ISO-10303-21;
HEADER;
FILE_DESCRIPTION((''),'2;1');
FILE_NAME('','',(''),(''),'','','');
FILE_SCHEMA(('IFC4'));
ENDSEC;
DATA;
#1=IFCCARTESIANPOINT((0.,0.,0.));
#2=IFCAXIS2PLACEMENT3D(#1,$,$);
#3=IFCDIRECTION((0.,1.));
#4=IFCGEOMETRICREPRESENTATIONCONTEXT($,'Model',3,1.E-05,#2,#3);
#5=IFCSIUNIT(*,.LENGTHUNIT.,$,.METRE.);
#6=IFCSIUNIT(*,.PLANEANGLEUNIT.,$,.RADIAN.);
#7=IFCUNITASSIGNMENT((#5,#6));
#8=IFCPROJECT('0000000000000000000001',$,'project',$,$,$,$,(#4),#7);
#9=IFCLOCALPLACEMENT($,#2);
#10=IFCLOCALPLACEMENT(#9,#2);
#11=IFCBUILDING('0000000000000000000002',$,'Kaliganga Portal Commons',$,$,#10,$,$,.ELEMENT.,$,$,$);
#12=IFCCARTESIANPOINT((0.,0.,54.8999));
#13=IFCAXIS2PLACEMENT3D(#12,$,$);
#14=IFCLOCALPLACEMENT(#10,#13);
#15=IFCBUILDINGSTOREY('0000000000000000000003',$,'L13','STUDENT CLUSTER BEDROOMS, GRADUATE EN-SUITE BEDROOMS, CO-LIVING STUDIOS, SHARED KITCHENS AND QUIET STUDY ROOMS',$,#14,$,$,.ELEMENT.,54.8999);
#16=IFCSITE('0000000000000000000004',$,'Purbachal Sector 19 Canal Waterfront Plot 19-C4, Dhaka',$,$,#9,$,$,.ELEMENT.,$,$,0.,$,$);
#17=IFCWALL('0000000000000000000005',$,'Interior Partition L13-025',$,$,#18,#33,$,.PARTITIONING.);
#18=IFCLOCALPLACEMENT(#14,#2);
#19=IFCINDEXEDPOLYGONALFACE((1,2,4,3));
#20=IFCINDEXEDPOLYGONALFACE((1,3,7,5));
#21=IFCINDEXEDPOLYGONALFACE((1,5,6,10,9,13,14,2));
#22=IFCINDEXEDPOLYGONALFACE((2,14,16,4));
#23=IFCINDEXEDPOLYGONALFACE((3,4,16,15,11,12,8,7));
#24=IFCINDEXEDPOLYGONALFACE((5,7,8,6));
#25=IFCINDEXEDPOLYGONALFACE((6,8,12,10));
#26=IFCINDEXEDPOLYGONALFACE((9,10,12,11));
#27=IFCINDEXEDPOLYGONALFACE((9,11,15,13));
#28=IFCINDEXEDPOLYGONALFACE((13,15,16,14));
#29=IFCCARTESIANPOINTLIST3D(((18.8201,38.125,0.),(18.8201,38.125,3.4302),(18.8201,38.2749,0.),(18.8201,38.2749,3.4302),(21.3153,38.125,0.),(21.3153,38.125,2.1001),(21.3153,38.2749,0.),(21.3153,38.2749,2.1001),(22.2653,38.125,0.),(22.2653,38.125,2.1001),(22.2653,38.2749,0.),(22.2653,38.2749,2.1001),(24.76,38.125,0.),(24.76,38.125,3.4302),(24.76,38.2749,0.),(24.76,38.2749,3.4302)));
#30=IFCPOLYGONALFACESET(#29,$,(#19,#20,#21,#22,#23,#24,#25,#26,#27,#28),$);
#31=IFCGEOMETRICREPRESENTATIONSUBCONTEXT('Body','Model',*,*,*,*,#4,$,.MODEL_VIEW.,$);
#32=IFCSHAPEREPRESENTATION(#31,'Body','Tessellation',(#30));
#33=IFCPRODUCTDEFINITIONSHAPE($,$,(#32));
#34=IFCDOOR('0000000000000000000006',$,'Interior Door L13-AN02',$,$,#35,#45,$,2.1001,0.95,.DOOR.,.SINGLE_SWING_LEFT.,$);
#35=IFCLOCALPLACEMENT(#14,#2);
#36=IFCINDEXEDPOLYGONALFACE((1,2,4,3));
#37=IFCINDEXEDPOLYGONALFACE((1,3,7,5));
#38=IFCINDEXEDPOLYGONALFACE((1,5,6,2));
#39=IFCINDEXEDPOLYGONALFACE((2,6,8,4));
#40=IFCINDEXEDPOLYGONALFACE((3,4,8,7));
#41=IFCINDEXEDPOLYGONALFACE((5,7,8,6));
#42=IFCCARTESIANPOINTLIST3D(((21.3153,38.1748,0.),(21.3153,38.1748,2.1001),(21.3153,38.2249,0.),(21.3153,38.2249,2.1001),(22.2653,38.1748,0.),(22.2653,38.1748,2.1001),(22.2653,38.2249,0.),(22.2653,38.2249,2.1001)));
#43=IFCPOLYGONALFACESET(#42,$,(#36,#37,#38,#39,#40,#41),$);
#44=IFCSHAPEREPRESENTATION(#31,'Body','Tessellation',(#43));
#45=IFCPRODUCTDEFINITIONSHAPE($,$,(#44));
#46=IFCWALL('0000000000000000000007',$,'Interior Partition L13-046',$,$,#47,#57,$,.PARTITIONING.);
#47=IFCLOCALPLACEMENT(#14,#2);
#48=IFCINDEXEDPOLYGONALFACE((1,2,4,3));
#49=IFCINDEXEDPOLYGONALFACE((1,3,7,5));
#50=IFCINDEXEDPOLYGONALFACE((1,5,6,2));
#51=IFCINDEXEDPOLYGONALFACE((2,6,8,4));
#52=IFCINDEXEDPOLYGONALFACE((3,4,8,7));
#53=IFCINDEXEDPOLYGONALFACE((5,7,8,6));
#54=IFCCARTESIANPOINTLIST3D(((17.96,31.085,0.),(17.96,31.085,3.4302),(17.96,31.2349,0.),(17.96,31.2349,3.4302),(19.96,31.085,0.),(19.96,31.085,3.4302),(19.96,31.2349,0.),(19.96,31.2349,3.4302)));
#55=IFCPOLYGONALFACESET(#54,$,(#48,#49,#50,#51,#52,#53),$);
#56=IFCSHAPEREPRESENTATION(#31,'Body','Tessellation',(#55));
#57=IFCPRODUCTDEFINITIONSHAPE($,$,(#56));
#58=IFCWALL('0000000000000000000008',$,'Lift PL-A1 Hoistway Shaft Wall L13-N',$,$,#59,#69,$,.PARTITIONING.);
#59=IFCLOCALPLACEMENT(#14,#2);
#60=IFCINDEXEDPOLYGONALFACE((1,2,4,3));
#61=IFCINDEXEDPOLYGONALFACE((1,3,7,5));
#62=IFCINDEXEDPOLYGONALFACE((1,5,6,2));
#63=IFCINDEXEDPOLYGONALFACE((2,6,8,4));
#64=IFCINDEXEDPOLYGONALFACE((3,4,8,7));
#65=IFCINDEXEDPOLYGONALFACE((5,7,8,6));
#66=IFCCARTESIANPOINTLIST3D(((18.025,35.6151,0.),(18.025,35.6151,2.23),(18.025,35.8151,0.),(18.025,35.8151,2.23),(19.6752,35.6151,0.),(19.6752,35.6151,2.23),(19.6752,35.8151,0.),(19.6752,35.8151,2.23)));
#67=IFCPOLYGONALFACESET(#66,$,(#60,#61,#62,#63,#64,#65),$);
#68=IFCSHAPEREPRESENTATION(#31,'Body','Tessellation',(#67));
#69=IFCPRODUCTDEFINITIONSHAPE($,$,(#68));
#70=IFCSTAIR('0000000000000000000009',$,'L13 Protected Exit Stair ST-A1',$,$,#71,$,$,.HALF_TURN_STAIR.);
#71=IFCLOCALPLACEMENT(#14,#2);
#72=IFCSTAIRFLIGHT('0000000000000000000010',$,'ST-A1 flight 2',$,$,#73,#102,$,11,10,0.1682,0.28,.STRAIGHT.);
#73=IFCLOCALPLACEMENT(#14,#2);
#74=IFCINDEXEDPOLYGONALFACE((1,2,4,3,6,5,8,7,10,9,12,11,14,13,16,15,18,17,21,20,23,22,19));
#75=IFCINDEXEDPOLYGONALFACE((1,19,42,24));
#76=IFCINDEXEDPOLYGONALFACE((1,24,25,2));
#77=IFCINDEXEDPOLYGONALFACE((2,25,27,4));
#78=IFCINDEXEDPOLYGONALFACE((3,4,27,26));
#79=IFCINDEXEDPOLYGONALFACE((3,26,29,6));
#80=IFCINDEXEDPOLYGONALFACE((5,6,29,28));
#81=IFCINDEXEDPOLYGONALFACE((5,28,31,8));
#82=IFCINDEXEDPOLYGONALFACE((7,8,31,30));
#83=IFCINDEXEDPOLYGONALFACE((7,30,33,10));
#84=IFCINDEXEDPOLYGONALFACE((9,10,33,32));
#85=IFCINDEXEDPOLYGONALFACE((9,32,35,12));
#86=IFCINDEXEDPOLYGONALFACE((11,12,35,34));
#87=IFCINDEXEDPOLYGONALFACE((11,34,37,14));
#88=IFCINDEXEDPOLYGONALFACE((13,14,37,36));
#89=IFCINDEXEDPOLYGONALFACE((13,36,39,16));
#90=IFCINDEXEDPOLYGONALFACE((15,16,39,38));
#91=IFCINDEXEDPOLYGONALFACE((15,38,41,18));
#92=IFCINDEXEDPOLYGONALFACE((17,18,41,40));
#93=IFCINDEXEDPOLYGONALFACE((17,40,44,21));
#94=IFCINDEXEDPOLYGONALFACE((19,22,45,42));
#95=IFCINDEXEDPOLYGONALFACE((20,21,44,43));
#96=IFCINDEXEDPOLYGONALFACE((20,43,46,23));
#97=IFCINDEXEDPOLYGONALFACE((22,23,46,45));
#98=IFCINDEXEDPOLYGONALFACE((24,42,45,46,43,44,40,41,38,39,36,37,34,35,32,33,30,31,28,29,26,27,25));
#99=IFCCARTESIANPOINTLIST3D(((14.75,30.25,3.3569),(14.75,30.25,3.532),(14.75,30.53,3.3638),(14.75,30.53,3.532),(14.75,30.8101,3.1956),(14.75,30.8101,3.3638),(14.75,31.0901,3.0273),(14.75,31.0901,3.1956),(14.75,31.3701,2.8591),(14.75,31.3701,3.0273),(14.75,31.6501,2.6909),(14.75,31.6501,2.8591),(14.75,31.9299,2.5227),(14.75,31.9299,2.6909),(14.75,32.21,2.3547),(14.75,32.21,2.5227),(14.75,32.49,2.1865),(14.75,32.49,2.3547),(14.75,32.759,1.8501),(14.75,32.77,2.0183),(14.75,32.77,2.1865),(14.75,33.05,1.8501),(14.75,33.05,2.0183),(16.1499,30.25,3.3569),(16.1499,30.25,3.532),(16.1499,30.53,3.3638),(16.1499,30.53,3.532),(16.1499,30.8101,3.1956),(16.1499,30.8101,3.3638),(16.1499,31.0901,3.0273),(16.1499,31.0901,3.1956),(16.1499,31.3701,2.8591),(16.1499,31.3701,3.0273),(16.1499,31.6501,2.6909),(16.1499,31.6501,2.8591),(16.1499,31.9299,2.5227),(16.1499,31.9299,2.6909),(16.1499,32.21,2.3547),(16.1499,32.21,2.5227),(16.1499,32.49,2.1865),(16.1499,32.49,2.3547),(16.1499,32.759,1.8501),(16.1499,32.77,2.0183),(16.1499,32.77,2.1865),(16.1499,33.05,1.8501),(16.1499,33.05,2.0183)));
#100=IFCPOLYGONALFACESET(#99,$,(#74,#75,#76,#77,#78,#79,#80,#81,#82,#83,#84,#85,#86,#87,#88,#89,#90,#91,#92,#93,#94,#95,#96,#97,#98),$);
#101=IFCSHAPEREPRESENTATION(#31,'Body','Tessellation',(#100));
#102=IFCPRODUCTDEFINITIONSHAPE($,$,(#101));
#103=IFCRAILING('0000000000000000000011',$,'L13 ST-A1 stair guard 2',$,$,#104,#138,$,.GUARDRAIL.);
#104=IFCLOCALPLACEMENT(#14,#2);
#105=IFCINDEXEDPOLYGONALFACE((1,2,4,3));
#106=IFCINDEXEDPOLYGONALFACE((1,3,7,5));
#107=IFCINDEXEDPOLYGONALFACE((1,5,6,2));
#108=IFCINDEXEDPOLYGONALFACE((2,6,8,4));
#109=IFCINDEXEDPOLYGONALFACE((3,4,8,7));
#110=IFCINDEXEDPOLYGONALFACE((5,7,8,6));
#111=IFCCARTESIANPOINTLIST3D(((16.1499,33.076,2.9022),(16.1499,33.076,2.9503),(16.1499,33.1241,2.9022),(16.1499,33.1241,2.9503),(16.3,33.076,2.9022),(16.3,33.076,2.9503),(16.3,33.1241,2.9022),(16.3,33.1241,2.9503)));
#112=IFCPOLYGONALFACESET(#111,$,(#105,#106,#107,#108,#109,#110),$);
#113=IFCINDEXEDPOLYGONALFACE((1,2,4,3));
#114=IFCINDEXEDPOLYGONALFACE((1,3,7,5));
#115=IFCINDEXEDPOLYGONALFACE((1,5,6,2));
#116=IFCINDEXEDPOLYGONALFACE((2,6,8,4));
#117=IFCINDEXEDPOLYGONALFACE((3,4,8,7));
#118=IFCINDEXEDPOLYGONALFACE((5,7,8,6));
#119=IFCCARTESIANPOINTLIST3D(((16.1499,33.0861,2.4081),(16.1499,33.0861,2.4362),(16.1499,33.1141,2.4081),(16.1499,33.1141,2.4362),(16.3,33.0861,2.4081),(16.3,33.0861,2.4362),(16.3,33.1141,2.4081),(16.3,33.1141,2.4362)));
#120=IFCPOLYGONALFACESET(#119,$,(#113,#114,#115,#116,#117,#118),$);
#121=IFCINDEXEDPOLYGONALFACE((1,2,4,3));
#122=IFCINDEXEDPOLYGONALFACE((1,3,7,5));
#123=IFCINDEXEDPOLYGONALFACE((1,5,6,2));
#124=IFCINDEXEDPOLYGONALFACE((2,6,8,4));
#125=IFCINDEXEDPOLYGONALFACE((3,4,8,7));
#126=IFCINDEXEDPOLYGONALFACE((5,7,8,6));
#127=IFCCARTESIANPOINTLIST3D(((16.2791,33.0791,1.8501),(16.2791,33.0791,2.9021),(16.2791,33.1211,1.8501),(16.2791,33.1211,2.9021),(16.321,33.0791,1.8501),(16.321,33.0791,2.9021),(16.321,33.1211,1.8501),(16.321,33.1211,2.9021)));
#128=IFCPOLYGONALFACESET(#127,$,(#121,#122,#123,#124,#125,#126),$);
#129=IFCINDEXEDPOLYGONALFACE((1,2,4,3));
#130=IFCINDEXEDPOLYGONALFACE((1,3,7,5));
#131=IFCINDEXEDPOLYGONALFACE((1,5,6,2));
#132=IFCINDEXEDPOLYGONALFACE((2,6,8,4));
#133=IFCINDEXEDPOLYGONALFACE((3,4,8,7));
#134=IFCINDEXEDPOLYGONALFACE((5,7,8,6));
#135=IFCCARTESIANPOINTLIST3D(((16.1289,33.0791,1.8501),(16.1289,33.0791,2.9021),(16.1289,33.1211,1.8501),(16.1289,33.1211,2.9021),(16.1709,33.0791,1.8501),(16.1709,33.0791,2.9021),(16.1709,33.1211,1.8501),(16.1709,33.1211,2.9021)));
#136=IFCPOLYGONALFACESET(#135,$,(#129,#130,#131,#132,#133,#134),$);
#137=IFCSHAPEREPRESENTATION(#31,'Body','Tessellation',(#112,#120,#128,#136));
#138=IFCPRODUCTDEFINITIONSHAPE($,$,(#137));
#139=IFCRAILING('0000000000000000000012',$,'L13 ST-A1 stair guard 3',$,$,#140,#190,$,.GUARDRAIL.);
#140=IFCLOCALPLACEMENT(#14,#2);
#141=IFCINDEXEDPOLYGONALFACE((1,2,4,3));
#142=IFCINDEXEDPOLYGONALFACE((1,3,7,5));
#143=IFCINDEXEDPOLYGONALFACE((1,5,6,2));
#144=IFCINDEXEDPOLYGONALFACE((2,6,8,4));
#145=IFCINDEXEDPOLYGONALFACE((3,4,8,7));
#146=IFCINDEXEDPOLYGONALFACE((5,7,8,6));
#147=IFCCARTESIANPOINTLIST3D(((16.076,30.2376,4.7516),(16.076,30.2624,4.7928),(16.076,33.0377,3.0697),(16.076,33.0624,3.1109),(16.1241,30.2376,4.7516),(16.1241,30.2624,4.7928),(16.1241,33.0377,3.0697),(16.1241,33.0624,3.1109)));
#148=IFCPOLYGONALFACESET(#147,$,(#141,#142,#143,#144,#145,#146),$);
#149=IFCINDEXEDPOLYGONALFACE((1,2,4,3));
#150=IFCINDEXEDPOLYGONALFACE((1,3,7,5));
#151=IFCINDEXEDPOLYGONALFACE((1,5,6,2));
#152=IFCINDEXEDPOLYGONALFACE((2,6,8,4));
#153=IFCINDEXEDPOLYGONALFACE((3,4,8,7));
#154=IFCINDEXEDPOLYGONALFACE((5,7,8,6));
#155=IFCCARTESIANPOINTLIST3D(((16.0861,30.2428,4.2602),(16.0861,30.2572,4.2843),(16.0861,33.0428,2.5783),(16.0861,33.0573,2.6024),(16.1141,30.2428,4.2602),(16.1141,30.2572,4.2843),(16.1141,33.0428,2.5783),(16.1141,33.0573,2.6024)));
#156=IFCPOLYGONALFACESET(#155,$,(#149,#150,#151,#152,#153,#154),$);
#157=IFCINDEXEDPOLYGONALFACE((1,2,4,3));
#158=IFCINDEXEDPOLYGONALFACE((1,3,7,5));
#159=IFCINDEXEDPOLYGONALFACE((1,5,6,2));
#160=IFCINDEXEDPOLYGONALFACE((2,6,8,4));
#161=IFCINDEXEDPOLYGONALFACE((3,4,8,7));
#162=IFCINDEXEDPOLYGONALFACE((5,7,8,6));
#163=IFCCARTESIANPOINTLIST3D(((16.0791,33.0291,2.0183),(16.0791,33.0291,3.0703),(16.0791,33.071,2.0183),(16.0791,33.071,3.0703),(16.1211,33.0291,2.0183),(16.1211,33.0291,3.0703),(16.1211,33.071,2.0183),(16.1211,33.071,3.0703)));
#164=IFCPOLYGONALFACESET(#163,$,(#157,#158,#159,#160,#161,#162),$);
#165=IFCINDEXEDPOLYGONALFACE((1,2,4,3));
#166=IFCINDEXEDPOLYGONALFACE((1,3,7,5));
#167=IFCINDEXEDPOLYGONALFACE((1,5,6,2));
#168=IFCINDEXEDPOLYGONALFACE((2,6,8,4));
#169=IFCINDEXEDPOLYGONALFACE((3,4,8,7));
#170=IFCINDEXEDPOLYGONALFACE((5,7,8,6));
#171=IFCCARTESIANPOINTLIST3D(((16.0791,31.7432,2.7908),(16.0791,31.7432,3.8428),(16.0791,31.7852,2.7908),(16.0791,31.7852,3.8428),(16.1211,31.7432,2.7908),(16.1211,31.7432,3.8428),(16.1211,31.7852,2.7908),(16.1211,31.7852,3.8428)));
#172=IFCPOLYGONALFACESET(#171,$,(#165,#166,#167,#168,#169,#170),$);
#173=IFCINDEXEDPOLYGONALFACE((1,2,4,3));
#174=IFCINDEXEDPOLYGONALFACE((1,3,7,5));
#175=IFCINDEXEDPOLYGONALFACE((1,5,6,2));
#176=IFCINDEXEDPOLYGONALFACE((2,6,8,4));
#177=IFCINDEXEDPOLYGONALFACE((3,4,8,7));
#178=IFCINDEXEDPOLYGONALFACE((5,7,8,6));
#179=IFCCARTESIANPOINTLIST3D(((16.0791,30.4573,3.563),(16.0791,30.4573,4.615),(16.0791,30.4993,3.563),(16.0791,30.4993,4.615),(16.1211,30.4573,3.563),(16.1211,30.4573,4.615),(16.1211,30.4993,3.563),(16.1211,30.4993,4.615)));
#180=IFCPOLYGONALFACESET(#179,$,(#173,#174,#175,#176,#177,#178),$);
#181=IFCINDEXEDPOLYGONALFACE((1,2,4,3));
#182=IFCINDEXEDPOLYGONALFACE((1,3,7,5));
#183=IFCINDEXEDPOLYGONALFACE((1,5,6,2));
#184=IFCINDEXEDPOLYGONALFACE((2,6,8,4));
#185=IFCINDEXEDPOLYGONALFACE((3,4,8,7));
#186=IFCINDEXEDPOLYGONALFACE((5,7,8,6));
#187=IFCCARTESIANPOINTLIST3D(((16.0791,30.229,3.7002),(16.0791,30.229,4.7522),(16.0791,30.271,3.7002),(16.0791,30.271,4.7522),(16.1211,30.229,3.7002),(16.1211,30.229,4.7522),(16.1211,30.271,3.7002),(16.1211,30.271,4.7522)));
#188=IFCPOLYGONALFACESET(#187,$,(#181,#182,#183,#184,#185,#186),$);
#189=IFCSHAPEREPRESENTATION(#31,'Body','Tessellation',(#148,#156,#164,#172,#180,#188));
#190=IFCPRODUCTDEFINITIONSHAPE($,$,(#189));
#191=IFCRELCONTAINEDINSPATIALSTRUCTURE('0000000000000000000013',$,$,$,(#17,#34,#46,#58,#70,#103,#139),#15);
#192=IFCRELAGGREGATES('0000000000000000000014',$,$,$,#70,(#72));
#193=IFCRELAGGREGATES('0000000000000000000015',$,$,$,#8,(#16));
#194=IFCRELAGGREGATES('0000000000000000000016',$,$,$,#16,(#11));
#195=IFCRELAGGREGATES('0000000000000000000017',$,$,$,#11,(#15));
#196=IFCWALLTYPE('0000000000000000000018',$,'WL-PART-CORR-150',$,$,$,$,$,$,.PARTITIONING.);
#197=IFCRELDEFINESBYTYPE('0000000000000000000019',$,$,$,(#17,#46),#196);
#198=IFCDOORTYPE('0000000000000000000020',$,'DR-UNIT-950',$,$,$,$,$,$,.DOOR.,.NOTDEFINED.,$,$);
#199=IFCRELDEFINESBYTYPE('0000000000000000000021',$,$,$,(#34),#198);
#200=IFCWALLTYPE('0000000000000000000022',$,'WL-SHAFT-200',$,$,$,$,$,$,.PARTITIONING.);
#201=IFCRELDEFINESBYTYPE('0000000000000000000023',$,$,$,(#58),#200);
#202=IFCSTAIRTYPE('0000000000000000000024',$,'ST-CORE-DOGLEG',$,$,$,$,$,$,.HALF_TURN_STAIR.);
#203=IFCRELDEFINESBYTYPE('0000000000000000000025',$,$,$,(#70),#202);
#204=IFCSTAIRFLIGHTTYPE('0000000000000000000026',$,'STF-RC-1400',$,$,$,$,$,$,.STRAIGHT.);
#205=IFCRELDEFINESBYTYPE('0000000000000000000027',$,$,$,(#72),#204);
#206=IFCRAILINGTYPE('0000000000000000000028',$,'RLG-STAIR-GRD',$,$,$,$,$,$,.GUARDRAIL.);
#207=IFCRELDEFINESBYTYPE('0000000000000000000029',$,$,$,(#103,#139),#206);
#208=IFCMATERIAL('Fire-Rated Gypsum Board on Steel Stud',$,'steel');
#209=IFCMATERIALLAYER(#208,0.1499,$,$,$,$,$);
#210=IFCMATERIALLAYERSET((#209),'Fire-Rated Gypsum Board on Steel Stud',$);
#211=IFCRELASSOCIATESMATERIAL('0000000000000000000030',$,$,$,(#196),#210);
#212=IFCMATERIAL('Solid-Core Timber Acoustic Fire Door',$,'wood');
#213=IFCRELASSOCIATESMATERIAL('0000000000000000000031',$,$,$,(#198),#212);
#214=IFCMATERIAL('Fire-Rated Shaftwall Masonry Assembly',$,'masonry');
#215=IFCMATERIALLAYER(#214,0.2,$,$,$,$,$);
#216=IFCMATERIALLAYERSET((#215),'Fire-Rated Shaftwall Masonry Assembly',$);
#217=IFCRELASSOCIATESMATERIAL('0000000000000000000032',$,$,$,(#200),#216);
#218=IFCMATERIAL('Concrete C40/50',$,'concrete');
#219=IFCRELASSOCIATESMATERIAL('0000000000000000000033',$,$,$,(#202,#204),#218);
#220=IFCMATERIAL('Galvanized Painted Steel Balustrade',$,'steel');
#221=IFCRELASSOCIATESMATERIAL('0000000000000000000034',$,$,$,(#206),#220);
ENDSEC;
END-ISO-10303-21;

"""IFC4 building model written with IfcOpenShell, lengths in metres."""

from ifc_helpers import new_model, si_unit, direction, frame, frame_2d, origin, origin_2d, place, context, subcontext, project, spatial, polyline, rectangle, outline, extrude, material, layer, layer_set, type_object, element, fill, aggregate, save


model = new_model("IFC4")

# Units and contexts
model_context = context("Model", 3, precision=1e-05, world=origin(), true_north=direction((0.0, 1.0)))
body_context = subcontext(model_context, "Body", "Model", "MODEL_VIEW")
ifc_project = project(units=[si_unit("LENGTHUNIT", "METRE"), si_unit("PLANEANGLEUNIT", "RADIAN")], contexts=[model_context])

# Site, building, storey
site_placement = place(None, origin())
site = spatial("IfcSite", under=ifc_project, at=site_placement, Name="Purbachal Sector 19 Canal Waterfront Plot 19-C4, Dhaka", CompositionType="ELEMENT", RefElevation=0.0)
building_placement = place(site_placement, origin())
building = spatial("IfcBuilding", under=site, at=building_placement, Name="Kaliganga Portal Commons", CompositionType="ELEMENT")
storey_placement = place(building_placement, frame((0.0, 0.0, 54.8999)))
storey = spatial("IfcBuildingStorey", under=building, at=storey_placement, Name="L13", Description="STUDENT CLUSTER BEDROOMS, GRADUATE EN-SUITE BEDROOMS, CO-LIVING STUDIOS, SHARED KITCHENS AND QUIET STUDY ROOMS", CompositionType="ELEMENT", Elevation=54.8999)

# Wall, opening, door
ifc_material_1 = material(Name="Fire-Rated Gypsum Board on Steel Stud", Category="steel")
ifc_layer_1 = layer(ifc_material_1, 0.1499)
ifc_layer_set_1 = layer_set([ifc_layer_1], Name="Fire-Rated Gypsum Board on Steel Stud")
wall_type_1 = type_object("IfcWallType", Name="WL-PART-CORR-150", PredefinedType="PARTITIONING", material=ifc_layer_set_1)
wall_1_placement = place(storey_placement, frame((18.8201, 38.2, 0.0), z_axis=(0.0, 0.0, 1.0), x_axis=(1.0, 0.0, 0.0)))
wall_1 = element("IfcWall", 1, at=wall_1_placement, inside=storey, type_object=wall_type_1, Name="Interior Partition L13-025", PredefinedType="PARTITIONING", context=body_context, shape_type="SweptSolid", body=[
    extrude(rectangle(XDim=5.9399, YDim=0.1499, at=frame_2d((2.97, 0.0))), origin(), (0.0, 0.0, 1.0), 3.4302),
])
opening_1_placement = place(wall_1_placement, frame((2.4951, 0.0, 0.0)))
opening_1 = element("IfcOpeningElement", 2, at=opening_1_placement, cuts=wall_1, PredefinedType="OPENING", context=body_context, shape_type="SweptSolid", body=[
    extrude(rectangle(XDim=0.95, YDim=2.1001, at=frame_2d((0.4751, 1.05))), frame((0.0, 0.085, 0.0), z_axis=(0.0, -1.0, 0.0), x_axis=(1.0, 0.0, 0.0)), (0.0, 0.0, 1.0), 0.1699),
])
ifc_material_2 = material(Name="Solid-Core Timber Acoustic Fire Door", Category="wood")
door_type_1 = type_object("IfcDoorType", Name="DR-UNIT-950", OperationType="NOTDEFINED", PredefinedType="DOOR", material=ifc_material_2)
door_1_placement = place(opening_1_placement, origin())
door_1 = element("IfcDoor", 3, at=door_1_placement, inside=storey, type_object=door_type_1, Name="Interior Door L13-AN02", OperationType="SINGLE_SWING_LEFT", OverallHeight=2.1001, OverallWidth=0.95, PredefinedType="DOOR", context=body_context, shape_type="SweptSolid", body=[
    extrude(rectangle(XDim=0.95, YDim=2.1001, at=frame_2d((0.4751, 1.05))), frame((0.0, 0.0249, 0.0), z_axis=(0.0, -1.0, 0.0), x_axis=(1.0, 0.0, 0.0)), (0.0, 0.0, 1.0), 0.05),
])
fill(opening_1, door_1)

# Wall
wall_2_placement = place(storey_placement, frame((17.96, 31.1599, 0.0), z_axis=(0.0, 0.0, 1.0), x_axis=(1.0, 0.0, 0.0)))
element("IfcWall", 4, at=wall_2_placement, inside=storey, type_object=wall_type_1, Name="Interior Partition L13-046", PredefinedType="PARTITIONING", context=body_context, shape_type="SweptSolid", body=[
    extrude(rectangle(XDim=2.0, YDim=0.1499, at=frame_2d((1.0, 0.0))), origin(), (0.0, 0.0, 1.0), 3.4302),
])

# Shared definitions
ifc_material_3 = material(Name="Fire-Rated Shaftwall Masonry Assembly", Category="masonry")
ifc_layer_2 = layer(ifc_material_3, 0.2)
ifc_layer_set_2 = layer_set([ifc_layer_2], Name="Fire-Rated Shaftwall Masonry Assembly")
wall_type_2 = type_object("IfcWallType", Name="WL-SHAFT-200", PredefinedType="PARTITIONING", material=ifc_layer_set_2)

# Wall
wall_3_placement = place(storey_placement, frame((18.0249, 35.7151, 0.0), z_axis=(0.0, 0.0, 1.0), x_axis=(1.0, 0.0, 0.0)))
element("IfcWall", 5, at=wall_3_placement, inside=storey, type_object=wall_type_2, Name="Lift PL-A1 Hoistway Shaft Wall L13-N", PredefinedType="PARTITIONING", context=body_context, shape_type="SweptSolid", body=[
    extrude(rectangle(XDim=1.6501, YDim=0.2, at=frame_2d((0.8252, 0.0))), origin(), (0.0, 0.0, 1.0), 2.23),
])

# Stair, stair flight
ifc_material_4 = material(Name="Concrete C40/50", Category="concrete")
stair_type = type_object("IfcStairType", Name="ST-CORE-DOGLEG", PredefinedType="HALF_TURN_STAIR", material=ifc_material_4)
stair_placement = place(storey_placement, origin())
stair = element("IfcStair", 6, at=stair_placement, inside=storey, type_object=stair_type, Name="L13 Protected Exit Stair ST-A1", PredefinedType="HALF_TURN_STAIR")
stair_flight_type = type_object("IfcStairFlightType", Name="STF-RC-1400", PredefinedType="STRAIGHT", material=ifc_material_4)
stair_flight_placement = place(storey_placement, frame((15.45, 33.05, 1.8501), z_axis=(0.0, 0.0, 1.0), x_axis=(0.0, -1.0, 0.0)))
stair_flight = element("IfcStairFlight", 7, at=stair_flight_placement, type_object=stair_flight_type, Name="ST-A1 flight 2", NumberOfRisers=11, NumberOfTreads=10, PredefinedType="STRAIGHT", RiserHeight=0.1682, TreadLength=0.28, context=body_context, shape_type="SweptSolid", body=[
    extrude(outline(polyline([(0.0, 0.0), (0.0, 0.1682), (0.28, 0.1682), (0.28, 0.3364), (0.5601, 0.3364), (0.5601, 0.5046), (0.8401, 0.5046), (0.8401, 0.6726), (1.1201, 0.6726), (1.1201, 0.8408), (1.3999, 0.8408), (1.3999, 1.009), (1.6799, 1.009), (1.6799, 1.1772), (1.96, 1.1772), (1.96, 1.3455), (2.24, 1.3455), (2.24, 1.5137), (2.52, 1.5137), (2.52, 1.6819), (2.8, 1.6819), (2.8, 1.8501), (2.8, 1.5068), (0.291, 0.0), (0.0, 0.0)])), frame((0.0, 0.7, 0.0), z_axis=(0.0, -1.0, 0.0), x_axis=(1.0, 0.0, 0.0)), (0.0, 0.0, 1.0), 1.3999),
])
aggregate(stair, [stair_flight])

# Railings
ifc_material_5 = material(Name="Galvanized Painted Steel Balustrade", Category="steel")
railing_type_1 = type_object("IfcRailingType", Name="RLG-STAIR-GRD", PredefinedType="GUARDRAIL", material=ifc_material_5)
railing_1_placement = place(storey_placement, frame((16.3, 33.1001, 1.8501)))
element("IfcRailing", 8, at=railing_1_placement, inside=storey, type_object=railing_type_1, Name="L13 ST-A1 stair guard 2", PredefinedType="GUARDRAIL", context=body_context, shape_type="SweptSolid", body=[
    extrude(rectangle(XDim=0.0481, YDim=0.0481, at=origin_2d()), frame((0.0, 0.0, 1.0762), z_axis=(-1.0, 0.0, 0.0), x_axis=(0.0, -1.0, 0.0)), (0.0, 0.0, 1.0), 0.1501),
    extrude(rectangle(XDim=0.0281, YDim=0.0281, at=origin_2d()), frame((0.0, 0.0, 0.572), z_axis=(-1.0, 0.0, 0.0), x_axis=(0.0, -1.0, 0.0)), (0.0, 0.0, 1.0), 0.1501),
    extrude(rectangle(XDim=0.042, YDim=0.042, at=origin_2d()), origin(), (0.0, 0.0, 1.0), 1.052),
    extrude(rectangle(XDim=0.042, YDim=0.042, at=origin_2d()), frame((-0.1501, 0.0, 0.0)), (0.0, 0.0, 1.0), 1.052),
])
railing_2_placement = place(storey_placement, frame((16.1001, 33.05, 2.0183)))
element("IfcRailing", 9, at=railing_2_placement, inside=storey, type_object=railing_type_1, Name="L13 ST-A1 stair guard 3", PredefinedType="GUARDRAIL", context=body_context, shape_type="SweptSolid", body=[
    extrude(rectangle(XDim=0.0481, YDim=0.0481, at=origin_2d()), frame((0.0, 0.0, 1.072), z_axis=(0.0, -0.857242, 0.514913), x_axis=(1.0, 0.0, 0.0)), (0.0, 0.0, 1.0), 3.2664),
    extrude(rectangle(XDim=0.0281, YDim=0.0281, at=origin_2d()), frame((0.0, 0.0, 0.572), z_axis=(0.0, -0.857242, 0.514913), x_axis=(1.0, 0.0, 0.0)), (0.0, 0.0, 1.0), 3.2664),
    extrude(rectangle(XDim=0.042, YDim=0.042, at=origin_2d()), origin(), (0.0, 0.0, 1.0), 1.052),
    extrude(rectangle(XDim=0.042, YDim=0.042, at=origin_2d()), frame((0.0, -1.2859, 0.7725)), (0.0, 0.0, 1.0), 1.052),
    extrude(rectangle(XDim=0.042, YDim=0.042, at=origin_2d()), frame((0.0, -2.5718, 1.5447)), (0.0, 0.0, 1.0), 1.052),
    extrude(rectangle(XDim=0.042, YDim=0.042, at=origin_2d()), frame((0.0, -2.8, 1.6819)), (0.0, 0.0, 1.0), 1.052),
])

save(model, "model.ifc")
